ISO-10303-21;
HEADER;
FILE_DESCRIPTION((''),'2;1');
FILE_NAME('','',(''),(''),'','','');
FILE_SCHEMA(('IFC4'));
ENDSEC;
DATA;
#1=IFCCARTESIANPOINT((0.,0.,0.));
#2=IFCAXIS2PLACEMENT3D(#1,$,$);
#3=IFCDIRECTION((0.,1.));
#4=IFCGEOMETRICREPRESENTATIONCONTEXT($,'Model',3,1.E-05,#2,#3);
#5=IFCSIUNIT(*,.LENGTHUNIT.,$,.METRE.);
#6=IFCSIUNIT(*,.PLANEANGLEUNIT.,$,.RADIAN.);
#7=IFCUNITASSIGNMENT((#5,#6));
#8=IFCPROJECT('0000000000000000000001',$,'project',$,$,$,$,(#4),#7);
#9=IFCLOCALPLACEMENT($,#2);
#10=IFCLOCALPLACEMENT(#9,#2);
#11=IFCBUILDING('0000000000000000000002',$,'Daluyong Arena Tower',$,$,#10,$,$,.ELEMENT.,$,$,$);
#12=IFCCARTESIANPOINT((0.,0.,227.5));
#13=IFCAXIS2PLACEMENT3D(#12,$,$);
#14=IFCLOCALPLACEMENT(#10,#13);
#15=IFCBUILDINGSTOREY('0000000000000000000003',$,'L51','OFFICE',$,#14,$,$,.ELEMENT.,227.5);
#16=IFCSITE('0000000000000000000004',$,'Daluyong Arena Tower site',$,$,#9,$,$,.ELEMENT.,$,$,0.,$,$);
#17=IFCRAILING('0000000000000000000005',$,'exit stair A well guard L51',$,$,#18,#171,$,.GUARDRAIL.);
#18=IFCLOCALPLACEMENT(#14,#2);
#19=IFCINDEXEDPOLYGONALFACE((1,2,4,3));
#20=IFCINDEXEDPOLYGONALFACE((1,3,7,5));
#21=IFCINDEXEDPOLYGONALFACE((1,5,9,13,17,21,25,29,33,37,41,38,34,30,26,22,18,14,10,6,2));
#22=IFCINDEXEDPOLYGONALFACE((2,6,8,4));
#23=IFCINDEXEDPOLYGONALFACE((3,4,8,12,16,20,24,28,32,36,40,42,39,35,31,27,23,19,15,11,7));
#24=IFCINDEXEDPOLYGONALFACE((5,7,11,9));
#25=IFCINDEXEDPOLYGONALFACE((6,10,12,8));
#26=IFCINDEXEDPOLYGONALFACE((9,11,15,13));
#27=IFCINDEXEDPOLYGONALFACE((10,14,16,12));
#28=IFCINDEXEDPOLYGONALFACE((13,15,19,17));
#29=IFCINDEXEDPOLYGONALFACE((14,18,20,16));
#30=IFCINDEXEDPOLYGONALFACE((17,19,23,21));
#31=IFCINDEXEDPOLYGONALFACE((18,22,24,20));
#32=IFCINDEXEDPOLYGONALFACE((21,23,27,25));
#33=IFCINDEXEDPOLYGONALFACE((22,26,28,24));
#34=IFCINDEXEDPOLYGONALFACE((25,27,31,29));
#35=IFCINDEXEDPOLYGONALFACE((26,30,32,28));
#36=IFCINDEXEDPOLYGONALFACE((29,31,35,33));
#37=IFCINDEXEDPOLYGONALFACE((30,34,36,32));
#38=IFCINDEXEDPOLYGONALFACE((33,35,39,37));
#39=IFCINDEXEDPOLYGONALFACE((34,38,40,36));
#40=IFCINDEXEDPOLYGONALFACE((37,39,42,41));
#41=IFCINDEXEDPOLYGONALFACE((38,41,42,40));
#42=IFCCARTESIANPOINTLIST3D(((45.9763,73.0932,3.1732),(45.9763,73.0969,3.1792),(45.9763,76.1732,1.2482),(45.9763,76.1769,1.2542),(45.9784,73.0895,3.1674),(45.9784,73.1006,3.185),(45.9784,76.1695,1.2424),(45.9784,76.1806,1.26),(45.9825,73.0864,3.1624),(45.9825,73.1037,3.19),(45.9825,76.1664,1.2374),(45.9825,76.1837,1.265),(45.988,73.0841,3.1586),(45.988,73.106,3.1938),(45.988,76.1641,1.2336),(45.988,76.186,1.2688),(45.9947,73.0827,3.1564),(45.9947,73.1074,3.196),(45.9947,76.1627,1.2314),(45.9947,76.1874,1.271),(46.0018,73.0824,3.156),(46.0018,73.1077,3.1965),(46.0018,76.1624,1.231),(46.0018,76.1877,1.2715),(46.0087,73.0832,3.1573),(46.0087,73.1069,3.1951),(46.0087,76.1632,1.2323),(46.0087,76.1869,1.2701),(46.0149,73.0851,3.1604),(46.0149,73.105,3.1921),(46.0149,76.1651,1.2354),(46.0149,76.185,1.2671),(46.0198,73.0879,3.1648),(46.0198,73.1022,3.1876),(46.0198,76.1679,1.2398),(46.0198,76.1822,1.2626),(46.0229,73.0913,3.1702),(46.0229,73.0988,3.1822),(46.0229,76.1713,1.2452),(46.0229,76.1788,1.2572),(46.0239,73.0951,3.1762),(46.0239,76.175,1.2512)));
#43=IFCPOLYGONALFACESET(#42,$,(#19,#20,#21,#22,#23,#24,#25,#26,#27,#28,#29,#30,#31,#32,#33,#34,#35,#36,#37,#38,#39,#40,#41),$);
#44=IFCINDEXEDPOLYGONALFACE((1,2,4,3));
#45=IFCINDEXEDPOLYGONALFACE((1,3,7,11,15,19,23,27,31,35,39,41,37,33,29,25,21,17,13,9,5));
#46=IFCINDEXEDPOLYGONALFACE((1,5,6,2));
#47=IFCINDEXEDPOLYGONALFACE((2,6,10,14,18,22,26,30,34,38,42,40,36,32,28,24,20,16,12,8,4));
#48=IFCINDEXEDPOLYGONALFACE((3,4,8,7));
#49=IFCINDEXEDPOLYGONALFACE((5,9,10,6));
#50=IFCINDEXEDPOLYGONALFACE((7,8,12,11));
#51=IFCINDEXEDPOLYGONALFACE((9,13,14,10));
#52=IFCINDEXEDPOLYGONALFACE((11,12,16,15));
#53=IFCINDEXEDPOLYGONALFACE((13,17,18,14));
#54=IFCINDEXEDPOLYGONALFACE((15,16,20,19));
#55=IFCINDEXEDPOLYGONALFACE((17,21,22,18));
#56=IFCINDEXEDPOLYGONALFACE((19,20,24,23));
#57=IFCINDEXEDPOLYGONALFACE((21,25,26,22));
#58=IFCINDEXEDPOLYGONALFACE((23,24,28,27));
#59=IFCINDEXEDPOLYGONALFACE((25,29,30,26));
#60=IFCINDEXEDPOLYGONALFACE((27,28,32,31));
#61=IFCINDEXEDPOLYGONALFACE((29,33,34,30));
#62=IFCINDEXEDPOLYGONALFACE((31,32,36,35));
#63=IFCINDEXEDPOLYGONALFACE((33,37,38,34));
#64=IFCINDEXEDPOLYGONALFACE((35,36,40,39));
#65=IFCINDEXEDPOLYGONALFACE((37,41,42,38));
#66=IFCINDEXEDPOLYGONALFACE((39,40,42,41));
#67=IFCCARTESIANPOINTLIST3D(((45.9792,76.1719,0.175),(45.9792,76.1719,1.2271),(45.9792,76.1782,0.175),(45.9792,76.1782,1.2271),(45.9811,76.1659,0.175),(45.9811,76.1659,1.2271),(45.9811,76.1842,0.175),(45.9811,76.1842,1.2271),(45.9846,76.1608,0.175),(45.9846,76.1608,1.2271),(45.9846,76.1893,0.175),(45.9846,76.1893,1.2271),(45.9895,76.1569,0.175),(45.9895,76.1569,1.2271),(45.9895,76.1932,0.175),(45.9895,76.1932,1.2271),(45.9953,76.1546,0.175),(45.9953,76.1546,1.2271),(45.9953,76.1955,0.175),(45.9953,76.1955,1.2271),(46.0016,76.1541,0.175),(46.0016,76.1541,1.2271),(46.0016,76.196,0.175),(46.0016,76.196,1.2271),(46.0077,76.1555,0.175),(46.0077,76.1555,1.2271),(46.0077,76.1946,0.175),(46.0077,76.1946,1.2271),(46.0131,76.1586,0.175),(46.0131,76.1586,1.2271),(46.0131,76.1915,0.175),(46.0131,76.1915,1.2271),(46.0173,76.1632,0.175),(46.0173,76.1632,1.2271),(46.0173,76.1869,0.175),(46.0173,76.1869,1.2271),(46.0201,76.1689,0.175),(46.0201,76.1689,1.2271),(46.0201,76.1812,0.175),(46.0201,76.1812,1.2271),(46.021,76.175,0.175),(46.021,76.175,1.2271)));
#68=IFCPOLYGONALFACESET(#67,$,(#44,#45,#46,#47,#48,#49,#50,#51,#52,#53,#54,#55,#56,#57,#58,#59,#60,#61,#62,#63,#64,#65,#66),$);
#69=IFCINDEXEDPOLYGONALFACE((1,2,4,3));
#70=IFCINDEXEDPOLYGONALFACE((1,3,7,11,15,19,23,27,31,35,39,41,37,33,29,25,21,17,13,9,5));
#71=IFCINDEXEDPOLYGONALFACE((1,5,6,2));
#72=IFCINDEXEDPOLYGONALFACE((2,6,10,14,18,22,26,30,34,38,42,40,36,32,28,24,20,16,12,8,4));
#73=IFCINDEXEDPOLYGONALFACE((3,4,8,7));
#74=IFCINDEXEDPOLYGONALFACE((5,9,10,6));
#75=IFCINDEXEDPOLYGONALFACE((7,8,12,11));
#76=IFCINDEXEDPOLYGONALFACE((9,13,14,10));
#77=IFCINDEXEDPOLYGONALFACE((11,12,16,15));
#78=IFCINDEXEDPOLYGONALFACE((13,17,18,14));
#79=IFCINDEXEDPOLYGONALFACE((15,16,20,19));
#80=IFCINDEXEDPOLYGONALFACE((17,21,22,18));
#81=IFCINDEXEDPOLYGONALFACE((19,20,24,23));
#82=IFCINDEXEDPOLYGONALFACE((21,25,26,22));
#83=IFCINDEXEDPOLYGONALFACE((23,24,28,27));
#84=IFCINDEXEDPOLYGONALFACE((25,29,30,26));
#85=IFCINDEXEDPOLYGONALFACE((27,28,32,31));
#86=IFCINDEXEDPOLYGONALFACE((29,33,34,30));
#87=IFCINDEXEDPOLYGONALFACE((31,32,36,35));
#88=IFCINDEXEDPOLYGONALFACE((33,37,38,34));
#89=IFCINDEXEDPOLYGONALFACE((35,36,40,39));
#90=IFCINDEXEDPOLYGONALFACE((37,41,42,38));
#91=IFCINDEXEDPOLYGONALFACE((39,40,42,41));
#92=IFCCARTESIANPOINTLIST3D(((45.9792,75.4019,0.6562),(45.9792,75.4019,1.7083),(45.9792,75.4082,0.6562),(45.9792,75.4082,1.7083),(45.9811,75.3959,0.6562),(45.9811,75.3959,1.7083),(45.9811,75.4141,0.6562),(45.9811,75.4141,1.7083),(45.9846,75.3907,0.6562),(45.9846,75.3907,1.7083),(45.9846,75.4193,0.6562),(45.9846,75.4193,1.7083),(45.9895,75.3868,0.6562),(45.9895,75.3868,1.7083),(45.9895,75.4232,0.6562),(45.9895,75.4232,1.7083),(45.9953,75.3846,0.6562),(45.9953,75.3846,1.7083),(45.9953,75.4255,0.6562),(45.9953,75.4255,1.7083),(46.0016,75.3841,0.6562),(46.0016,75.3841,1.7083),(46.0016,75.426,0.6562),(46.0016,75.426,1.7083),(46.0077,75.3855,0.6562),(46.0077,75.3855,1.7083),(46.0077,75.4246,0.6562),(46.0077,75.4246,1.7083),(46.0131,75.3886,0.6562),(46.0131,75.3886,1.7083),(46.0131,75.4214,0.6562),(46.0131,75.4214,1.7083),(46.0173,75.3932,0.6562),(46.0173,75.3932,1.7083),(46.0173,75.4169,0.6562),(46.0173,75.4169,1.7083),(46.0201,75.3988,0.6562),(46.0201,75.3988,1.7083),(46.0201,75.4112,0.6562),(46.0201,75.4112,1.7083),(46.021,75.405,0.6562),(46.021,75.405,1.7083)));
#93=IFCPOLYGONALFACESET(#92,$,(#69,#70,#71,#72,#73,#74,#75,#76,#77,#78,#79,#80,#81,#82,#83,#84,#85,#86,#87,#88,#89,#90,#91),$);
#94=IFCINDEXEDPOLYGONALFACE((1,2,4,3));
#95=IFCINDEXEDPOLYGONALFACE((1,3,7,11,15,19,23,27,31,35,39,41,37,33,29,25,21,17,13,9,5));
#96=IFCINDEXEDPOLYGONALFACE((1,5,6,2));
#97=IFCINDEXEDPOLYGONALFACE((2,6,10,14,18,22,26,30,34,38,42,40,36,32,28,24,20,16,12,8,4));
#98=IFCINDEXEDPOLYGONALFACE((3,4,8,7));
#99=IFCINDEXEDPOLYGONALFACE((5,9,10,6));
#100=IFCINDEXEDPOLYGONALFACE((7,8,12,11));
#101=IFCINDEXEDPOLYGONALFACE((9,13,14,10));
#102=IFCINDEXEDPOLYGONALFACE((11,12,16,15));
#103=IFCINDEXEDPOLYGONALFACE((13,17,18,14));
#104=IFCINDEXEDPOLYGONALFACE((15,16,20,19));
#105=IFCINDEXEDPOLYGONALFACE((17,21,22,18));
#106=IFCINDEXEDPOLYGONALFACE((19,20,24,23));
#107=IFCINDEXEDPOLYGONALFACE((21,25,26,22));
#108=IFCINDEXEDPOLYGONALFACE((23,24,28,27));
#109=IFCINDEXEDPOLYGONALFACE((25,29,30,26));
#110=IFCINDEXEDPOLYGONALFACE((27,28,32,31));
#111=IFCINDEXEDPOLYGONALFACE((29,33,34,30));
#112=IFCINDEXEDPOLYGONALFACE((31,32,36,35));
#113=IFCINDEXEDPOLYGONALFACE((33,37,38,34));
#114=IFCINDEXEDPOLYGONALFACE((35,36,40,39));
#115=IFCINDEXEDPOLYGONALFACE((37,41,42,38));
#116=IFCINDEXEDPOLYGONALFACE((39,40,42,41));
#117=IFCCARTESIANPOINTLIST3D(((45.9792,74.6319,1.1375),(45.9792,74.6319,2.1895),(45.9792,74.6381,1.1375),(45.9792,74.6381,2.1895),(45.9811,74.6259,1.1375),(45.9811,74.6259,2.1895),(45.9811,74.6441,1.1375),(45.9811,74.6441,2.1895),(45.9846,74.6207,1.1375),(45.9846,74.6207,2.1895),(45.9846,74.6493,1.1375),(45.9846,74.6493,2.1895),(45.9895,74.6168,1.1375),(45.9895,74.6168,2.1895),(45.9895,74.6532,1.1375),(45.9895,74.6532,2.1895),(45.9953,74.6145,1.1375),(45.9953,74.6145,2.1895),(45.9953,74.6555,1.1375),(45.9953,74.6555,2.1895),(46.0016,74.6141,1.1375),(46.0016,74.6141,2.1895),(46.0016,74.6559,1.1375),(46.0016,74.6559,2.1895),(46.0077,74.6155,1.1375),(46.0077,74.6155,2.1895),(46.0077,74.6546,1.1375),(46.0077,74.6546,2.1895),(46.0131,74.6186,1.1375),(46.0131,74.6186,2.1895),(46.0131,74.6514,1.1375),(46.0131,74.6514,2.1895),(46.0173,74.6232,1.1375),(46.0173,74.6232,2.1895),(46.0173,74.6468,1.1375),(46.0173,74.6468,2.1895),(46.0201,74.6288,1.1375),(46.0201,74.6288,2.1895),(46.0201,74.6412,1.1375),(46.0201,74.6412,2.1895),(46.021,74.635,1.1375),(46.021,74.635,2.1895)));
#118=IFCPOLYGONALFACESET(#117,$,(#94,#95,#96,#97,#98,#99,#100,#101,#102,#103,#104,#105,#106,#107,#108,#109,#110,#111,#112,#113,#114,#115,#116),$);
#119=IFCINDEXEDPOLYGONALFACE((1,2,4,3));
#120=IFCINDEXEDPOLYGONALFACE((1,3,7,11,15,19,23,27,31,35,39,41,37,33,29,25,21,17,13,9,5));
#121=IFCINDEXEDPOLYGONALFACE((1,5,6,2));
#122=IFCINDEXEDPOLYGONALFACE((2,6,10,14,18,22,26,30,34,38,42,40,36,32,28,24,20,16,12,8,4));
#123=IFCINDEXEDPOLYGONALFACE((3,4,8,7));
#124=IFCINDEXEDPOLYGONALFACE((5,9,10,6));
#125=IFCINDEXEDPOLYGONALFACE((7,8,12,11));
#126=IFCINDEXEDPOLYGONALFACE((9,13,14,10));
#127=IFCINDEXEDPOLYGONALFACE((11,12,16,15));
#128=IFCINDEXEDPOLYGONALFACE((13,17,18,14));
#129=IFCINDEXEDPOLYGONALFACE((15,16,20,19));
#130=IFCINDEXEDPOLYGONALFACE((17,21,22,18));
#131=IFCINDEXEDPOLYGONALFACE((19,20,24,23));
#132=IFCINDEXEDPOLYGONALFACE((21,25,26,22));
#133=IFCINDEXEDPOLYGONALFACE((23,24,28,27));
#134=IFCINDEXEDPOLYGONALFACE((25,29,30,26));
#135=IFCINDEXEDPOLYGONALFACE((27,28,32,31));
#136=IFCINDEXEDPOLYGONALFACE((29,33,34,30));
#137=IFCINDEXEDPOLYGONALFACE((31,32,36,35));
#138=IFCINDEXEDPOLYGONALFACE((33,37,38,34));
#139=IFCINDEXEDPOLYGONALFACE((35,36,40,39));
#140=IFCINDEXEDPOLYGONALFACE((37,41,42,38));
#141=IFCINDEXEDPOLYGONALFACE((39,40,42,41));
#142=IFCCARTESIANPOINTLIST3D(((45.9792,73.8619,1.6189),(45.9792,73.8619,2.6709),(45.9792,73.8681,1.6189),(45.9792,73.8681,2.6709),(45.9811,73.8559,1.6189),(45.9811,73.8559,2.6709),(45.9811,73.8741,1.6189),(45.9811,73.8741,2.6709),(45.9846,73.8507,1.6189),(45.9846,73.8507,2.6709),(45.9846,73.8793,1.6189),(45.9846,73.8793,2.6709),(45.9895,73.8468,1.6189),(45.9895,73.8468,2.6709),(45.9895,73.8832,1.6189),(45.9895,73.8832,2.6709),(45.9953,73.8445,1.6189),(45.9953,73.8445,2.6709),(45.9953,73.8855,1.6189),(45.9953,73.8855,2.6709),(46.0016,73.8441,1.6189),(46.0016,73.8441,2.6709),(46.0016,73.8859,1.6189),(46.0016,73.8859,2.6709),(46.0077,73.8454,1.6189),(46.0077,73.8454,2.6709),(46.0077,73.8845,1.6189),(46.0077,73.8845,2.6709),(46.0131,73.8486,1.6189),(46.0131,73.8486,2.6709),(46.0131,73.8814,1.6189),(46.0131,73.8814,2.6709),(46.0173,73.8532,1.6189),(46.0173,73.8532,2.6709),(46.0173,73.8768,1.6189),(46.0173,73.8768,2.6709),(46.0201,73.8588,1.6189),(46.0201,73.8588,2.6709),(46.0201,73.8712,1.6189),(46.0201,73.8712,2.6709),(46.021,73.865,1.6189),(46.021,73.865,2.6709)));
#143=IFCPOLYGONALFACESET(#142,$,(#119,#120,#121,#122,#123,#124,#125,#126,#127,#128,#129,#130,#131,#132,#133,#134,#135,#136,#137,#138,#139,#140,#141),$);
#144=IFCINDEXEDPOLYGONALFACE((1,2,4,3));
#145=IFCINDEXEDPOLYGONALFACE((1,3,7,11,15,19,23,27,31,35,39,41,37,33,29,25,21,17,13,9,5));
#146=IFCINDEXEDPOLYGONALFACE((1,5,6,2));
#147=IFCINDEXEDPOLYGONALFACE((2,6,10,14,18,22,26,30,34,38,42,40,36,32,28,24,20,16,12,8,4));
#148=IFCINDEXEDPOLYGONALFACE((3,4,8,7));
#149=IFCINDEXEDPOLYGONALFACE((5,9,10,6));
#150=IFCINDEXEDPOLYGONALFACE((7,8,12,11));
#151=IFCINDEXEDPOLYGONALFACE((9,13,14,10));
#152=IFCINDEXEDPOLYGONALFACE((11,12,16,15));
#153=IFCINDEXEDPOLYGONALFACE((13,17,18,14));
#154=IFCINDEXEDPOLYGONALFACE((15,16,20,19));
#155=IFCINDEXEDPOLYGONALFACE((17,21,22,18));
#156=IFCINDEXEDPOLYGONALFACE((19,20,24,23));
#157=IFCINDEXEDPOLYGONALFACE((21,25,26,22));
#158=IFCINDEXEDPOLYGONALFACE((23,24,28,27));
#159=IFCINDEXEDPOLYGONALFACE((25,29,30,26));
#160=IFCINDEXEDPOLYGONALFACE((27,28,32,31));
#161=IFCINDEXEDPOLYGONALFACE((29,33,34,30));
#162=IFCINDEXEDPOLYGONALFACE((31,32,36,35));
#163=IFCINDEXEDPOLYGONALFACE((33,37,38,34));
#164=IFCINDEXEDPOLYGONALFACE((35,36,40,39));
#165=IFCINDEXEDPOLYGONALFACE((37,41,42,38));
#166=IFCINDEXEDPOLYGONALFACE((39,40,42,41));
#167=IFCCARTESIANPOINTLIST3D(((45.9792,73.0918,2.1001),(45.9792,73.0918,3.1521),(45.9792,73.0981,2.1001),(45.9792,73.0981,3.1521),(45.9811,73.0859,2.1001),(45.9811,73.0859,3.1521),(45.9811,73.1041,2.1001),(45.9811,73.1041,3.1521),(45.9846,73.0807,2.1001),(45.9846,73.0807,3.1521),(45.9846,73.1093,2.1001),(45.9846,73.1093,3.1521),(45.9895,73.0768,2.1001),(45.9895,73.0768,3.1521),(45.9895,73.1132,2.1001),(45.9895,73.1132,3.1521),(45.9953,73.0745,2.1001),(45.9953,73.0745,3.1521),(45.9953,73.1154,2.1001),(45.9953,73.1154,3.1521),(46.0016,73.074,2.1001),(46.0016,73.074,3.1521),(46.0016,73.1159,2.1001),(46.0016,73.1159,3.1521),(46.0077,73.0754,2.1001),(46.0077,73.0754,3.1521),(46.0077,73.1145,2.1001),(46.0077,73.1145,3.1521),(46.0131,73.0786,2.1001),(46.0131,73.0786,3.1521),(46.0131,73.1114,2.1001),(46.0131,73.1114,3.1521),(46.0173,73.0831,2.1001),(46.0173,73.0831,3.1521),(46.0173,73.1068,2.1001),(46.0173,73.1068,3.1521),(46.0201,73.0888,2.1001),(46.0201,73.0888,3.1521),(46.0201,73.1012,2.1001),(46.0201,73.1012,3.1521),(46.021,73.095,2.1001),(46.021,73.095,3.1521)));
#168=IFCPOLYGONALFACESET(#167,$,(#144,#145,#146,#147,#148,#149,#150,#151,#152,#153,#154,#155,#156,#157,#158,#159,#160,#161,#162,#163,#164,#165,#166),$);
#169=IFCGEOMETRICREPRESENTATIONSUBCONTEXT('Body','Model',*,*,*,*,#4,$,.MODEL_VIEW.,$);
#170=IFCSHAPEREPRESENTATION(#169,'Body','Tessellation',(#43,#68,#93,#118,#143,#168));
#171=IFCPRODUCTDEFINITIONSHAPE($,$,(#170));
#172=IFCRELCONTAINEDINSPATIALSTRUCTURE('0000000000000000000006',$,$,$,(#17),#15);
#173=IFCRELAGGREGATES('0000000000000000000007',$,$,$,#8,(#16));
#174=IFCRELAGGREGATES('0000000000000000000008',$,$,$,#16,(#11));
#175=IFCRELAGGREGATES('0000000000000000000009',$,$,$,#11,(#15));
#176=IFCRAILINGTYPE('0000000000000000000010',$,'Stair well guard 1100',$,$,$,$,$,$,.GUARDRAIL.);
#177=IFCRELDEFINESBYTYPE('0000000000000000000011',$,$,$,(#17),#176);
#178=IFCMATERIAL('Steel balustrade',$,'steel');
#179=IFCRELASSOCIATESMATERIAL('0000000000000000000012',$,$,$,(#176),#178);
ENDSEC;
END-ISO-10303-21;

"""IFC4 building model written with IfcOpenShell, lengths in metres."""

from ifc_helpers import new_model, si_unit, direction, frame, origin, origin_2d, place, context, subcontext, project, spatial, circle, extrude, material, type_object, element, save


model = new_model("IFC4")

# Units and contexts
model_context = context("Model", 3, precision=1e-05, world=origin(), true_north=direction((0.0, 1.0)))
body_context = subcontext(model_context, "Body", "Model", "MODEL_VIEW")
ifc_project = project(units=[si_unit("LENGTHUNIT", "METRE"), si_unit("PLANEANGLEUNIT", "RADIAN")], contexts=[model_context])

# Site, building, storey
site_placement = place(None, origin())
site = spatial("IfcSite", under=ifc_project, at=site_placement, Name="Daluyong Arena Tower site", CompositionType="ELEMENT", RefElevation=0.0)
building_placement = place(site_placement, origin())
building = spatial("IfcBuilding", under=site, at=building_placement, Name="Daluyong Arena Tower", CompositionType="ELEMENT")
storey_placement = place(building_placement, frame((0.0, 0.0, 227.5)))
storey = spatial("IfcBuildingStorey", under=building, at=storey_placement, Name="L51", Description="OFFICE", CompositionType="ELEMENT", Elevation=227.5)

# Railing
ifc_material_1 = material(Name="Steel balustrade", Category="steel")
railing_type_1 = type_object("IfcRailingType", Name="Stair well guard 1100", PredefinedType="GUARDRAIL", material=ifc_material_1)
railing_1_placement = place(storey_placement, frame((46.0, 76.175, 0.175)))
element("IfcRailing", 1, at=railing_1_placement, inside=storey, type_object=railing_type_1, Name="exit stair A well guard L51", PredefinedType="GUARDRAIL", context=body_context, shape_type="SweptSolid", body=[
    extrude(circle(Radius=0.0239, at=origin_2d()), frame((0.0, 0.0, 1.0762), z_axis=(0.0, -0.847998, 0.529999), x_axis=(1.0, 0.0, 0.0)), (0.0, 0.0, 1.0), 3.6321),
    extrude(circle(Radius=0.021, at=origin_2d()), origin(), (0.0, 0.0, 1.0), 1.052),
    extrude(circle(Radius=0.021, at=origin_2d()), frame((0.0, -0.77, 0.4812)), (0.0, 0.0, 1.0), 1.052),
    extrude(circle(Radius=0.021, at=origin_2d()), frame((0.0, -1.54, 0.9624)), (0.0, 0.0, 1.0), 1.052),
    extrude(circle(Radius=0.021, at=origin_2d()), frame((0.0, -2.3101, 1.4438)), (0.0, 0.0, 1.0), 1.052),
    extrude(circle(Radius=0.021, at=origin_2d()), frame((0.0, -3.0801, 1.925)), (0.0, 0.0, 1.0), 1.052),
])

save(model, "model.ifc")
